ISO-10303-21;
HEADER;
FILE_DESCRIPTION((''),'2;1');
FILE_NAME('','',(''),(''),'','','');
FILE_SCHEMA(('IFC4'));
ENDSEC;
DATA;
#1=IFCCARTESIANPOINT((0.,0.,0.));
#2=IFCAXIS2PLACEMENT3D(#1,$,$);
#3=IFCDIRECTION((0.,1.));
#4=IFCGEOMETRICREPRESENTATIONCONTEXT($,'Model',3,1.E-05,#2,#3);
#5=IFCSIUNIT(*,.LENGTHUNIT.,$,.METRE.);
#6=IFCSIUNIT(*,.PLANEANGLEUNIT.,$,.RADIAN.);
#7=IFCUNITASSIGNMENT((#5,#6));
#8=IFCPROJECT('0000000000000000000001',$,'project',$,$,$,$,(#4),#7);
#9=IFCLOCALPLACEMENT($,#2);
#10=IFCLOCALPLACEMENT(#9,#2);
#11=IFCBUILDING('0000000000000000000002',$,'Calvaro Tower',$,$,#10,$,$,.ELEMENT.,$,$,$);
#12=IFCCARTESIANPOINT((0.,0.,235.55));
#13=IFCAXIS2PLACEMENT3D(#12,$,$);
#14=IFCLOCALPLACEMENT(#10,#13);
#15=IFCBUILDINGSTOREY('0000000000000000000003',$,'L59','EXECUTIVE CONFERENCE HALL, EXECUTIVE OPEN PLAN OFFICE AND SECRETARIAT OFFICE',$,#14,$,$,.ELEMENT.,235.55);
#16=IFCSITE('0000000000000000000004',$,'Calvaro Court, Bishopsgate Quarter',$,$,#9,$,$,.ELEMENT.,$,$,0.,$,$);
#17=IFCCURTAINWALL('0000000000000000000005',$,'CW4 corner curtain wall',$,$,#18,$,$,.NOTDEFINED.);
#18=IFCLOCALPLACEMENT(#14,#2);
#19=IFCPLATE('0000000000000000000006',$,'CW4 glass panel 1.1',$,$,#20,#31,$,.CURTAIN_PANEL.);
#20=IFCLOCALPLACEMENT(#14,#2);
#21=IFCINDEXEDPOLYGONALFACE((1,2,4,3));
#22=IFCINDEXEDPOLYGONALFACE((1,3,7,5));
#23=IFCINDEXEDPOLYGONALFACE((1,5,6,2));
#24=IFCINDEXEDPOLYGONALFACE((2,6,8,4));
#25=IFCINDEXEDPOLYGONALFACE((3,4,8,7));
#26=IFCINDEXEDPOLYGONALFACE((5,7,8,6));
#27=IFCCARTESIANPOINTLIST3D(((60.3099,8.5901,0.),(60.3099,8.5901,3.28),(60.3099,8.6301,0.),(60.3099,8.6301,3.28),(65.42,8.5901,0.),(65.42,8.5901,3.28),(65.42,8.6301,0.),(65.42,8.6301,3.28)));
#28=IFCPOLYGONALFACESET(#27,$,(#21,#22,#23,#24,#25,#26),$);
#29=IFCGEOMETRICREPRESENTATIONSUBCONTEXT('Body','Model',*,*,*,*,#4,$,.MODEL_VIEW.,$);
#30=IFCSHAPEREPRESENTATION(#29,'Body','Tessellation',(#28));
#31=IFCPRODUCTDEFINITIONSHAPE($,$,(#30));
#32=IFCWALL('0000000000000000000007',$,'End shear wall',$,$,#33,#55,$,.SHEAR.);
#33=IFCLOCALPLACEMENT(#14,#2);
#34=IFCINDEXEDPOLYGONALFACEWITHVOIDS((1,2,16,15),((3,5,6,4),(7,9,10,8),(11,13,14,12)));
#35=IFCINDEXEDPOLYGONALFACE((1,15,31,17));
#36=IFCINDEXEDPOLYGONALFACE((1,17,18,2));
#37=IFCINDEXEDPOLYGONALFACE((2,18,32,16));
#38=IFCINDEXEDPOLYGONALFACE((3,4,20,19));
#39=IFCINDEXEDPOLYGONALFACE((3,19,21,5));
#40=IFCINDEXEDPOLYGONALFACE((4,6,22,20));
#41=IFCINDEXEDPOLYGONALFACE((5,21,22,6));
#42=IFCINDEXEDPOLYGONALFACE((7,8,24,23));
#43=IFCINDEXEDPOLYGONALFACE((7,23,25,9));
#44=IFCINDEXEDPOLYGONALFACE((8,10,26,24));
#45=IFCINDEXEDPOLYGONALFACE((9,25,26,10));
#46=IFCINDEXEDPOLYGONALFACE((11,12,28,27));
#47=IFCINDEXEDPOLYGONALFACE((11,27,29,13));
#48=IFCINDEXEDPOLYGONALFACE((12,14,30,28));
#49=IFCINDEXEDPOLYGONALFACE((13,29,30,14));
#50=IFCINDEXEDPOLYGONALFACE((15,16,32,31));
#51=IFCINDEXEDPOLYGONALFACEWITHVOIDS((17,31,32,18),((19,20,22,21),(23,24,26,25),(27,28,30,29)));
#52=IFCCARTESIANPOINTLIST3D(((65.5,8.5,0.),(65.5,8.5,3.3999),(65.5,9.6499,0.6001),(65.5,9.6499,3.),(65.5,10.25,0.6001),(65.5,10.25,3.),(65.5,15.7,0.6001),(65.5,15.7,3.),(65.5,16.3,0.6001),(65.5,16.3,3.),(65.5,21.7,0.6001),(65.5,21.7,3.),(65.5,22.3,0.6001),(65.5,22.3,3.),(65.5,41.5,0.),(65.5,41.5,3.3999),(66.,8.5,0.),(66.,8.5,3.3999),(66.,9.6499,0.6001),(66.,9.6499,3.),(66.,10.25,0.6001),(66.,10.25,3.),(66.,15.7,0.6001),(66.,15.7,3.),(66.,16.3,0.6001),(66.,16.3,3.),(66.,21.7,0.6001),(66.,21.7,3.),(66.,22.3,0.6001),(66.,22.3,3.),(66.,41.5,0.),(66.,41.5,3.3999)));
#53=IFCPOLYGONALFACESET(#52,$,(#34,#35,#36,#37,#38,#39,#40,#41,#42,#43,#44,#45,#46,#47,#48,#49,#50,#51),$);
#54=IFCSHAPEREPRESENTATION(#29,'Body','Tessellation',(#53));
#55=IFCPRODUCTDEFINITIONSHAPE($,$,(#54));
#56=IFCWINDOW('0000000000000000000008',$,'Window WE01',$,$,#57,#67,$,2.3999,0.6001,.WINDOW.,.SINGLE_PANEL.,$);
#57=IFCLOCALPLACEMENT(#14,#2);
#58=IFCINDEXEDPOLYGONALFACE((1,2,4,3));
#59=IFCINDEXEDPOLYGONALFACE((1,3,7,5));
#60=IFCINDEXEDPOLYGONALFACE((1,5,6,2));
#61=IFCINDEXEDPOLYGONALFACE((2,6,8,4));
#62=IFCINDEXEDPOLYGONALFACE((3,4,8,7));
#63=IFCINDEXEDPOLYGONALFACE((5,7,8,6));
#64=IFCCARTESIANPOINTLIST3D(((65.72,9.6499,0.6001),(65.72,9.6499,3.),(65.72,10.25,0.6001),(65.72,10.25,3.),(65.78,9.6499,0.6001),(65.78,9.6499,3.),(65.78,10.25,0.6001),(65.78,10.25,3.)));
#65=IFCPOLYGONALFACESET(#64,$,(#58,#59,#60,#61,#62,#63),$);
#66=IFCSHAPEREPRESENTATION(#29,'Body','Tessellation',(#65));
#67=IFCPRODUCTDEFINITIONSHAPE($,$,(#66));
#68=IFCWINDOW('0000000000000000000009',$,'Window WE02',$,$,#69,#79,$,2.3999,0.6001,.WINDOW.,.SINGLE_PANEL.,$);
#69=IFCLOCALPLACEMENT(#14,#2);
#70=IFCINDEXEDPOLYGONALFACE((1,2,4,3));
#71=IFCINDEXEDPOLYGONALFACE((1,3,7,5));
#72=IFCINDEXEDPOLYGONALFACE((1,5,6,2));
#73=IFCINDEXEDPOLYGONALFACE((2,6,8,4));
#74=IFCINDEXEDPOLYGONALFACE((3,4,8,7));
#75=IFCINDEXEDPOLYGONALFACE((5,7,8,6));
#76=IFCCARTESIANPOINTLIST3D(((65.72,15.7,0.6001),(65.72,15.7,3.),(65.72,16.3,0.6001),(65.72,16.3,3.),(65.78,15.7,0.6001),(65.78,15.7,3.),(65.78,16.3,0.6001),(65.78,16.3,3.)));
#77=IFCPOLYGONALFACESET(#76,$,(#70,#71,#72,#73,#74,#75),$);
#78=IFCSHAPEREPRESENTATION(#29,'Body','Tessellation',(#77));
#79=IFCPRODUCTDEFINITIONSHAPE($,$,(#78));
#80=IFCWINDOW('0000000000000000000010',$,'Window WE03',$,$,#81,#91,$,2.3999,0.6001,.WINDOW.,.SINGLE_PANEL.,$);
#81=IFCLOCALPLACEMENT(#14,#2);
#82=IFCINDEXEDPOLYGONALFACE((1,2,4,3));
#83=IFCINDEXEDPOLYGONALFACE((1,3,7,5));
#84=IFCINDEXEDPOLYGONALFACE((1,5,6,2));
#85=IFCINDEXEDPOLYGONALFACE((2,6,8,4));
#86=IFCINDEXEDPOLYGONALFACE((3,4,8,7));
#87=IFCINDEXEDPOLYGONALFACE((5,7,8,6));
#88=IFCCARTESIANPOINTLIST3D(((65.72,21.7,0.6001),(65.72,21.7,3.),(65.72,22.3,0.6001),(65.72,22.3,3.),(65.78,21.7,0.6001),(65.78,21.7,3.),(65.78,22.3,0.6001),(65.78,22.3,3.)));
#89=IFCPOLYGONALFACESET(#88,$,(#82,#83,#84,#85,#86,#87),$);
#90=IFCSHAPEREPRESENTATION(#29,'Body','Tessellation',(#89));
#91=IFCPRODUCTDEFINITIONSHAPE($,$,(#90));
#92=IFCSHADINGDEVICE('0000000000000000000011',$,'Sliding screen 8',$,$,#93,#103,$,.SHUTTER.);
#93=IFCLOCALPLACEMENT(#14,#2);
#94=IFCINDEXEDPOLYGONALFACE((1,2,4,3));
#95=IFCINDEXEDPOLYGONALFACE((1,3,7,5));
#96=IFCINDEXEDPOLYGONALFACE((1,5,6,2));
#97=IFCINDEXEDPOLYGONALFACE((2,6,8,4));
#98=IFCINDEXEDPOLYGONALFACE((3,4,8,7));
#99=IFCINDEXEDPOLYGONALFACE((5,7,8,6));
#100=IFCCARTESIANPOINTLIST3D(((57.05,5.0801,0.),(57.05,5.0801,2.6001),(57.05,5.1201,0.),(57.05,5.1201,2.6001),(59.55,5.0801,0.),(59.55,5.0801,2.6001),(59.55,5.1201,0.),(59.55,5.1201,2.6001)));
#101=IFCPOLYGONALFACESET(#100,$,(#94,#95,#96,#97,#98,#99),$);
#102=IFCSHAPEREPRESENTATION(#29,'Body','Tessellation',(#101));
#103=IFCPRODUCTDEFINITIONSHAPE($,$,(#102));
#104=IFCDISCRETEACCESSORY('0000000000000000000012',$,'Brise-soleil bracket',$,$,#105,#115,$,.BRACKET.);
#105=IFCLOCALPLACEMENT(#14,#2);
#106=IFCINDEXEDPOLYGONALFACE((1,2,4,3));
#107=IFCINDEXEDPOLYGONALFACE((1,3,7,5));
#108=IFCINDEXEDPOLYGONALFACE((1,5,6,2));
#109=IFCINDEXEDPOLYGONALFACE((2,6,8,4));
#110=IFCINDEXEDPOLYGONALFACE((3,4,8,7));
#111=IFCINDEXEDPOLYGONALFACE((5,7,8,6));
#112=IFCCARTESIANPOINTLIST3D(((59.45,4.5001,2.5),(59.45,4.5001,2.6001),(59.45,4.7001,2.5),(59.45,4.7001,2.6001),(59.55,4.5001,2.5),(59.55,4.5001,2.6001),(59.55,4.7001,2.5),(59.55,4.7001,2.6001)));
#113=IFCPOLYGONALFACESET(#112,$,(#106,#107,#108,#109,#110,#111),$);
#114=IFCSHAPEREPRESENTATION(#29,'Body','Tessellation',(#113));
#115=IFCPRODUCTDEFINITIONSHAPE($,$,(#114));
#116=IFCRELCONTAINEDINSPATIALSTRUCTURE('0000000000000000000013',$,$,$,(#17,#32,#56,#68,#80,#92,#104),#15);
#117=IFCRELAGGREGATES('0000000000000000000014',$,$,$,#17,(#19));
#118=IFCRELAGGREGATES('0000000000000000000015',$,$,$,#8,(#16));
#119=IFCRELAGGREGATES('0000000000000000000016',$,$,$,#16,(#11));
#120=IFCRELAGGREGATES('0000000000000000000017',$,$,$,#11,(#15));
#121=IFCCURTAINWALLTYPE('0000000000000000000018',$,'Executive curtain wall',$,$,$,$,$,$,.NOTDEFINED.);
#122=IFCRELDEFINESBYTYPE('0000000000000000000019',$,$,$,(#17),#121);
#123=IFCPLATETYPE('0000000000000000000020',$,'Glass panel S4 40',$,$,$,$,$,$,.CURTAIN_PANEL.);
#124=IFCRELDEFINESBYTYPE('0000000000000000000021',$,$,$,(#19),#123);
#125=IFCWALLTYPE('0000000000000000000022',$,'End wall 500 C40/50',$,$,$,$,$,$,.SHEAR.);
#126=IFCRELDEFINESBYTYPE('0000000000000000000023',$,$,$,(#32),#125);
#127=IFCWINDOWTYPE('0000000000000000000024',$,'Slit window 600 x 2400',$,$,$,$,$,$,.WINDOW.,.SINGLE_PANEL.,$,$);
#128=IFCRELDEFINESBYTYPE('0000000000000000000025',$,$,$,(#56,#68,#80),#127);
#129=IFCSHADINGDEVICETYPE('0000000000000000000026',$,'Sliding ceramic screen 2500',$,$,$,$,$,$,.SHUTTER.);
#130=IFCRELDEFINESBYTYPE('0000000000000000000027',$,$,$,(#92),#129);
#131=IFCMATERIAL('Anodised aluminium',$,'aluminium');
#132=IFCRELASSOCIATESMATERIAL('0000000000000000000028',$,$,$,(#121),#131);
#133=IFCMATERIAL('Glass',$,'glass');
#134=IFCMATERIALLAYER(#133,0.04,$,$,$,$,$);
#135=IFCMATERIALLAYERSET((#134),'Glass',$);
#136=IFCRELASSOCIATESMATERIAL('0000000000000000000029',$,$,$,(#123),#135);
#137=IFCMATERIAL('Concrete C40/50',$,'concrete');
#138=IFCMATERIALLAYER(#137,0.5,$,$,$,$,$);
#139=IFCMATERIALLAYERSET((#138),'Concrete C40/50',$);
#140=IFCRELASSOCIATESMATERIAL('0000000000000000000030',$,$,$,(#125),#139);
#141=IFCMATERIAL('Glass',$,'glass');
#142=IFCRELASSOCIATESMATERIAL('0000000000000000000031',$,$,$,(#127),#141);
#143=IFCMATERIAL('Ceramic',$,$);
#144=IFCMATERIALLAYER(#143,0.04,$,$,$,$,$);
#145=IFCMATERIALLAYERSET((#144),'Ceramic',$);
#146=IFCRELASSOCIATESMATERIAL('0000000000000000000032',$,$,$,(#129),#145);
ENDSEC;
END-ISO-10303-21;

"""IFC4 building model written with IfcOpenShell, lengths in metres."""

from ifc_helpers import new_model, si_unit, direction, frame, frame_2d, origin, origin_2d, place, context, subcontext, project, spatial, rectangle, extrude, material, layer, layer_set, type_object, element, fill, aggregate, save


model = new_model("IFC4")

# Units and contexts
model_context = context("Model", 3, precision=1e-05, world=origin(), true_north=direction((0.0, 1.0)))
body_context = subcontext(model_context, "Body", "Model", "MODEL_VIEW")
ifc_project = project(units=[si_unit("LENGTHUNIT", "METRE"), si_unit("PLANEANGLEUNIT", "RADIAN")], contexts=[model_context])

# Site, building, storey
site_placement = place(None, origin())
site = spatial("IfcSite", under=ifc_project, at=site_placement, Name="Calvaro Court, Bishopsgate Quarter", CompositionType="ELEMENT", RefElevation=0.0)
building_placement = place(site_placement, origin())
building = spatial("IfcBuilding", under=site, at=building_placement, Name="Calvaro Tower", CompositionType="ELEMENT")
storey_placement = place(building_placement, frame((0.0, 0.0, 235.55)))
storey = spatial("IfcBuildingStorey", under=building, at=storey_placement, Name="L59", Description="EXECUTIVE CONFERENCE HALL, EXECUTIVE OPEN PLAN OFFICE AND SECRETARIAT OFFICE", CompositionType="ELEMENT", Elevation=235.55)

# Curtain wall
ifc_material_1 = material(Name="Anodised aluminium", Category="aluminium")
curtain_wall_type = type_object("IfcCurtainWallType", Name="Executive curtain wall", PredefinedType="NOTDEFINED", material=ifc_material_1)
curtain_wall_1_placement = place(storey_placement, origin())
curtain_wall_1 = element("IfcCurtainWall", 1, at=curtain_wall_1_placement, inside=storey, type_object=curtain_wall_type, Name="CW4 corner curtain wall", PredefinedType="NOTDEFINED")

# Plate
ifc_material_2 = material(Name="Glass", Category="glass")
ifc_layer_1 = layer(ifc_material_2, 0.04)
ifc_layer_set_1 = layer_set([ifc_layer_1], Name="Glass")
plate_type = type_object("IfcPlateType", Name="Glass panel S4 40", PredefinedType="CURTAIN_PANEL", material=ifc_layer_set_1)
plate_1_placement = place(storey_placement, frame((62.865, 8.6101, 0.0), z_axis=(0.0, 0.0, 1.0), x_axis=(1.0, 0.0, 0.0)))
plate_1 = element("IfcPlate", 2, at=plate_1_placement, type_object=plate_type, Name="CW4 glass panel 1.1", PredefinedType="CURTAIN_PANEL", context=body_context, shape_type="SweptSolid", body=[
    extrude(rectangle(XDim=5.1101, YDim=0.04, at=origin_2d()), origin(), (0.0, 0.0, 1.0), 3.28),
])
aggregate(curtain_wall_1, [plate_1])

# Wall, openings, windows
ifc_material_3 = material(Name="Concrete C40/50", Category="concrete")
ifc_layer_2 = layer(ifc_material_3, 0.5)
ifc_layer_set_2 = layer_set([ifc_layer_2], Name="Concrete C40/50")
wall_type = type_object("IfcWallType", Name="End wall 500 C40/50", PredefinedType="SHEAR", material=ifc_layer_set_2)
wall_placement = place(storey_placement, frame((65.75, 8.5, 0.0), z_axis=(0.0, 0.0, 1.0), x_axis=(0.0, 1.0, 0.0)))
wall = element("IfcWall", 3, at=wall_placement, inside=storey, type_object=wall_type, Name="End shear wall", PredefinedType="SHEAR", context=body_context, shape_type="SweptSolid", body=[
    extrude(rectangle(XDim=33.0, YDim=0.5, at=frame_2d((16.5, 0.0))), origin(), (0.0, 0.0, 1.0), 3.3999),
])
opening_1_placement = place(wall_placement, frame((1.1499, 0.0, 0.6001)))
opening_1 = element("IfcOpeningElement", 4, at=opening_1_placement, cuts=wall, PredefinedType="OPENING", context=body_context, shape_type="SweptSolid", body=[
    extrude(rectangle(XDim=0.6001, YDim=2.3999, at=frame_2d((0.3, 1.2))), frame((0.0, 0.26, 0.0), z_axis=(0.0, -1.0, 0.0), x_axis=(1.0, 0.0, 0.0)), (0.0, 0.0, 1.0), 0.52),
])
opening_2_placement = place(wall_placement, frame((7.2, 0.0, 0.6001)))
opening_2 = element("IfcOpeningElement", 5, at=opening_2_placement, cuts=wall, PredefinedType="OPENING", context=body_context, shape_type="SweptSolid", body=[
    extrude(rectangle(XDim=0.6001, YDim=2.3999, at=frame_2d((0.3, 1.2))), frame((0.0, 0.26, 0.0), z_axis=(0.0, -1.0, 0.0), x_axis=(1.0, 0.0, 0.0)), (0.0, 0.0, 1.0), 0.52),
])
opening_3_placement = place(wall_placement, frame((13.2, 0.0, 0.6001)))
opening_3 = element("IfcOpeningElement", 6, at=opening_3_placement, cuts=wall, PredefinedType="OPENING", context=body_context, shape_type="SweptSolid", body=[
    extrude(rectangle(XDim=0.6001, YDim=2.3999, at=frame_2d((0.3, 1.2))), frame((0.0, 0.26, 0.0), z_axis=(0.0, -1.0, 0.0), x_axis=(1.0, 0.0, 0.0)), (0.0, 0.0, 1.0), 0.52),
])
ifc_material_4 = material(Name="Glass", Category="glass")
window_type = type_object("IfcWindowType", Name="Slit window 600 x 2400", PartitioningType="SINGLE_PANEL", PredefinedType="WINDOW", material=ifc_material_4)
window_1_placement = place(opening_1_placement, origin())
window_1 = element("IfcWindow", 7, at=window_1_placement, inside=storey, type_object=window_type, Name="Window WE01", OverallHeight=2.3999, OverallWidth=0.6001, PartitioningType="SINGLE_PANEL", PredefinedType="WINDOW", context=body_context, shape_type="SweptSolid", body=[
    extrude(rectangle(XDim=0.6001, YDim=2.3999, at=frame_2d((0.3, 1.2))), frame((0.0, 0.03, 0.0), z_axis=(0.0, -1.0, 0.0), x_axis=(1.0, 0.0, 0.0)), (0.0, 0.0, 1.0), 0.0601),
])
fill(opening_1, window_1)
window_2_placement = place(opening_2_placement, origin())
window_2 = element("IfcWindow", 8, at=window_2_placement, inside=storey, type_object=window_type, Name="Window WE02", OverallHeight=2.3999, OverallWidth=0.6001, PartitioningType="SINGLE_PANEL", PredefinedType="WINDOW", context=body_context, shape_type="SweptSolid", body=[
    extrude(rectangle(XDim=0.6001, YDim=2.3999, at=frame_2d((0.3, 1.2))), frame((0.0, 0.03, 0.0), z_axis=(0.0, -1.0, 0.0), x_axis=(1.0, 0.0, 0.0)), (0.0, 0.0, 1.0), 0.0601),
])
fill(opening_2, window_2)
window_3_placement = place(opening_3_placement, origin())
window_3 = element("IfcWindow", 9, at=window_3_placement, inside=storey, type_object=window_type, Name="Window WE03", OverallHeight=2.3999, OverallWidth=0.6001, PartitioningType="SINGLE_PANEL", PredefinedType="WINDOW", context=body_context, shape_type="SweptSolid", body=[
    extrude(rectangle(XDim=0.6001, YDim=2.3999, at=frame_2d((0.3, 1.2))), frame((0.0, 0.03, 0.0), z_axis=(0.0, -1.0, 0.0), x_axis=(1.0, 0.0, 0.0)), (0.0, 0.0, 1.0), 0.0601),
])
fill(opening_3, window_3)

# Shading device
ifc_material_5 = material(Name="Ceramic")
ifc_layer_3 = layer(ifc_material_5, 0.04)
ifc_layer_set_3 = layer_set([ifc_layer_3], Name="Ceramic")
shading_device_type = type_object("IfcShadingDeviceType", Name="Sliding ceramic screen 2500", PredefinedType="SHUTTER", material=ifc_layer_set_3)
shading_device_placement = place(storey_placement, frame((58.3, 5.1001, 0.0), z_axis=(0.0, 0.0, 1.0), x_axis=(1.0, 0.0, 0.0)))
element("IfcShadingDevice", 10, at=shading_device_placement, inside=storey, type_object=shading_device_type, Name="Sliding screen 8", PredefinedType="SHUTTER", context=body_context, shape_type="SweptSolid", body=[
    extrude(rectangle(XDim=2.5, YDim=0.04, at=origin_2d()), origin(), (0.0, 0.0, 1.0), 2.6001),
])

# Discrete accessory
discrete_accessory_placement = place(storey_placement, frame((59.5, 4.6001, 2.5), z_axis=(0.0, 0.0, 1.0), x_axis=(1.0, 0.0, 0.0)))
element("IfcDiscreteAccessory", 11, at=discrete_accessory_placement, inside=storey, Name="Brise-soleil bracket", PredefinedType="BRACKET", context=body_context, shape_type="SweptSolid", body=[
    extrude(rectangle(XDim=0.1001, YDim=0.2, at=origin_2d()), origin(), (0.0, 0.0, 1.0), 0.1001),
])

save(model, "model.ifc")
